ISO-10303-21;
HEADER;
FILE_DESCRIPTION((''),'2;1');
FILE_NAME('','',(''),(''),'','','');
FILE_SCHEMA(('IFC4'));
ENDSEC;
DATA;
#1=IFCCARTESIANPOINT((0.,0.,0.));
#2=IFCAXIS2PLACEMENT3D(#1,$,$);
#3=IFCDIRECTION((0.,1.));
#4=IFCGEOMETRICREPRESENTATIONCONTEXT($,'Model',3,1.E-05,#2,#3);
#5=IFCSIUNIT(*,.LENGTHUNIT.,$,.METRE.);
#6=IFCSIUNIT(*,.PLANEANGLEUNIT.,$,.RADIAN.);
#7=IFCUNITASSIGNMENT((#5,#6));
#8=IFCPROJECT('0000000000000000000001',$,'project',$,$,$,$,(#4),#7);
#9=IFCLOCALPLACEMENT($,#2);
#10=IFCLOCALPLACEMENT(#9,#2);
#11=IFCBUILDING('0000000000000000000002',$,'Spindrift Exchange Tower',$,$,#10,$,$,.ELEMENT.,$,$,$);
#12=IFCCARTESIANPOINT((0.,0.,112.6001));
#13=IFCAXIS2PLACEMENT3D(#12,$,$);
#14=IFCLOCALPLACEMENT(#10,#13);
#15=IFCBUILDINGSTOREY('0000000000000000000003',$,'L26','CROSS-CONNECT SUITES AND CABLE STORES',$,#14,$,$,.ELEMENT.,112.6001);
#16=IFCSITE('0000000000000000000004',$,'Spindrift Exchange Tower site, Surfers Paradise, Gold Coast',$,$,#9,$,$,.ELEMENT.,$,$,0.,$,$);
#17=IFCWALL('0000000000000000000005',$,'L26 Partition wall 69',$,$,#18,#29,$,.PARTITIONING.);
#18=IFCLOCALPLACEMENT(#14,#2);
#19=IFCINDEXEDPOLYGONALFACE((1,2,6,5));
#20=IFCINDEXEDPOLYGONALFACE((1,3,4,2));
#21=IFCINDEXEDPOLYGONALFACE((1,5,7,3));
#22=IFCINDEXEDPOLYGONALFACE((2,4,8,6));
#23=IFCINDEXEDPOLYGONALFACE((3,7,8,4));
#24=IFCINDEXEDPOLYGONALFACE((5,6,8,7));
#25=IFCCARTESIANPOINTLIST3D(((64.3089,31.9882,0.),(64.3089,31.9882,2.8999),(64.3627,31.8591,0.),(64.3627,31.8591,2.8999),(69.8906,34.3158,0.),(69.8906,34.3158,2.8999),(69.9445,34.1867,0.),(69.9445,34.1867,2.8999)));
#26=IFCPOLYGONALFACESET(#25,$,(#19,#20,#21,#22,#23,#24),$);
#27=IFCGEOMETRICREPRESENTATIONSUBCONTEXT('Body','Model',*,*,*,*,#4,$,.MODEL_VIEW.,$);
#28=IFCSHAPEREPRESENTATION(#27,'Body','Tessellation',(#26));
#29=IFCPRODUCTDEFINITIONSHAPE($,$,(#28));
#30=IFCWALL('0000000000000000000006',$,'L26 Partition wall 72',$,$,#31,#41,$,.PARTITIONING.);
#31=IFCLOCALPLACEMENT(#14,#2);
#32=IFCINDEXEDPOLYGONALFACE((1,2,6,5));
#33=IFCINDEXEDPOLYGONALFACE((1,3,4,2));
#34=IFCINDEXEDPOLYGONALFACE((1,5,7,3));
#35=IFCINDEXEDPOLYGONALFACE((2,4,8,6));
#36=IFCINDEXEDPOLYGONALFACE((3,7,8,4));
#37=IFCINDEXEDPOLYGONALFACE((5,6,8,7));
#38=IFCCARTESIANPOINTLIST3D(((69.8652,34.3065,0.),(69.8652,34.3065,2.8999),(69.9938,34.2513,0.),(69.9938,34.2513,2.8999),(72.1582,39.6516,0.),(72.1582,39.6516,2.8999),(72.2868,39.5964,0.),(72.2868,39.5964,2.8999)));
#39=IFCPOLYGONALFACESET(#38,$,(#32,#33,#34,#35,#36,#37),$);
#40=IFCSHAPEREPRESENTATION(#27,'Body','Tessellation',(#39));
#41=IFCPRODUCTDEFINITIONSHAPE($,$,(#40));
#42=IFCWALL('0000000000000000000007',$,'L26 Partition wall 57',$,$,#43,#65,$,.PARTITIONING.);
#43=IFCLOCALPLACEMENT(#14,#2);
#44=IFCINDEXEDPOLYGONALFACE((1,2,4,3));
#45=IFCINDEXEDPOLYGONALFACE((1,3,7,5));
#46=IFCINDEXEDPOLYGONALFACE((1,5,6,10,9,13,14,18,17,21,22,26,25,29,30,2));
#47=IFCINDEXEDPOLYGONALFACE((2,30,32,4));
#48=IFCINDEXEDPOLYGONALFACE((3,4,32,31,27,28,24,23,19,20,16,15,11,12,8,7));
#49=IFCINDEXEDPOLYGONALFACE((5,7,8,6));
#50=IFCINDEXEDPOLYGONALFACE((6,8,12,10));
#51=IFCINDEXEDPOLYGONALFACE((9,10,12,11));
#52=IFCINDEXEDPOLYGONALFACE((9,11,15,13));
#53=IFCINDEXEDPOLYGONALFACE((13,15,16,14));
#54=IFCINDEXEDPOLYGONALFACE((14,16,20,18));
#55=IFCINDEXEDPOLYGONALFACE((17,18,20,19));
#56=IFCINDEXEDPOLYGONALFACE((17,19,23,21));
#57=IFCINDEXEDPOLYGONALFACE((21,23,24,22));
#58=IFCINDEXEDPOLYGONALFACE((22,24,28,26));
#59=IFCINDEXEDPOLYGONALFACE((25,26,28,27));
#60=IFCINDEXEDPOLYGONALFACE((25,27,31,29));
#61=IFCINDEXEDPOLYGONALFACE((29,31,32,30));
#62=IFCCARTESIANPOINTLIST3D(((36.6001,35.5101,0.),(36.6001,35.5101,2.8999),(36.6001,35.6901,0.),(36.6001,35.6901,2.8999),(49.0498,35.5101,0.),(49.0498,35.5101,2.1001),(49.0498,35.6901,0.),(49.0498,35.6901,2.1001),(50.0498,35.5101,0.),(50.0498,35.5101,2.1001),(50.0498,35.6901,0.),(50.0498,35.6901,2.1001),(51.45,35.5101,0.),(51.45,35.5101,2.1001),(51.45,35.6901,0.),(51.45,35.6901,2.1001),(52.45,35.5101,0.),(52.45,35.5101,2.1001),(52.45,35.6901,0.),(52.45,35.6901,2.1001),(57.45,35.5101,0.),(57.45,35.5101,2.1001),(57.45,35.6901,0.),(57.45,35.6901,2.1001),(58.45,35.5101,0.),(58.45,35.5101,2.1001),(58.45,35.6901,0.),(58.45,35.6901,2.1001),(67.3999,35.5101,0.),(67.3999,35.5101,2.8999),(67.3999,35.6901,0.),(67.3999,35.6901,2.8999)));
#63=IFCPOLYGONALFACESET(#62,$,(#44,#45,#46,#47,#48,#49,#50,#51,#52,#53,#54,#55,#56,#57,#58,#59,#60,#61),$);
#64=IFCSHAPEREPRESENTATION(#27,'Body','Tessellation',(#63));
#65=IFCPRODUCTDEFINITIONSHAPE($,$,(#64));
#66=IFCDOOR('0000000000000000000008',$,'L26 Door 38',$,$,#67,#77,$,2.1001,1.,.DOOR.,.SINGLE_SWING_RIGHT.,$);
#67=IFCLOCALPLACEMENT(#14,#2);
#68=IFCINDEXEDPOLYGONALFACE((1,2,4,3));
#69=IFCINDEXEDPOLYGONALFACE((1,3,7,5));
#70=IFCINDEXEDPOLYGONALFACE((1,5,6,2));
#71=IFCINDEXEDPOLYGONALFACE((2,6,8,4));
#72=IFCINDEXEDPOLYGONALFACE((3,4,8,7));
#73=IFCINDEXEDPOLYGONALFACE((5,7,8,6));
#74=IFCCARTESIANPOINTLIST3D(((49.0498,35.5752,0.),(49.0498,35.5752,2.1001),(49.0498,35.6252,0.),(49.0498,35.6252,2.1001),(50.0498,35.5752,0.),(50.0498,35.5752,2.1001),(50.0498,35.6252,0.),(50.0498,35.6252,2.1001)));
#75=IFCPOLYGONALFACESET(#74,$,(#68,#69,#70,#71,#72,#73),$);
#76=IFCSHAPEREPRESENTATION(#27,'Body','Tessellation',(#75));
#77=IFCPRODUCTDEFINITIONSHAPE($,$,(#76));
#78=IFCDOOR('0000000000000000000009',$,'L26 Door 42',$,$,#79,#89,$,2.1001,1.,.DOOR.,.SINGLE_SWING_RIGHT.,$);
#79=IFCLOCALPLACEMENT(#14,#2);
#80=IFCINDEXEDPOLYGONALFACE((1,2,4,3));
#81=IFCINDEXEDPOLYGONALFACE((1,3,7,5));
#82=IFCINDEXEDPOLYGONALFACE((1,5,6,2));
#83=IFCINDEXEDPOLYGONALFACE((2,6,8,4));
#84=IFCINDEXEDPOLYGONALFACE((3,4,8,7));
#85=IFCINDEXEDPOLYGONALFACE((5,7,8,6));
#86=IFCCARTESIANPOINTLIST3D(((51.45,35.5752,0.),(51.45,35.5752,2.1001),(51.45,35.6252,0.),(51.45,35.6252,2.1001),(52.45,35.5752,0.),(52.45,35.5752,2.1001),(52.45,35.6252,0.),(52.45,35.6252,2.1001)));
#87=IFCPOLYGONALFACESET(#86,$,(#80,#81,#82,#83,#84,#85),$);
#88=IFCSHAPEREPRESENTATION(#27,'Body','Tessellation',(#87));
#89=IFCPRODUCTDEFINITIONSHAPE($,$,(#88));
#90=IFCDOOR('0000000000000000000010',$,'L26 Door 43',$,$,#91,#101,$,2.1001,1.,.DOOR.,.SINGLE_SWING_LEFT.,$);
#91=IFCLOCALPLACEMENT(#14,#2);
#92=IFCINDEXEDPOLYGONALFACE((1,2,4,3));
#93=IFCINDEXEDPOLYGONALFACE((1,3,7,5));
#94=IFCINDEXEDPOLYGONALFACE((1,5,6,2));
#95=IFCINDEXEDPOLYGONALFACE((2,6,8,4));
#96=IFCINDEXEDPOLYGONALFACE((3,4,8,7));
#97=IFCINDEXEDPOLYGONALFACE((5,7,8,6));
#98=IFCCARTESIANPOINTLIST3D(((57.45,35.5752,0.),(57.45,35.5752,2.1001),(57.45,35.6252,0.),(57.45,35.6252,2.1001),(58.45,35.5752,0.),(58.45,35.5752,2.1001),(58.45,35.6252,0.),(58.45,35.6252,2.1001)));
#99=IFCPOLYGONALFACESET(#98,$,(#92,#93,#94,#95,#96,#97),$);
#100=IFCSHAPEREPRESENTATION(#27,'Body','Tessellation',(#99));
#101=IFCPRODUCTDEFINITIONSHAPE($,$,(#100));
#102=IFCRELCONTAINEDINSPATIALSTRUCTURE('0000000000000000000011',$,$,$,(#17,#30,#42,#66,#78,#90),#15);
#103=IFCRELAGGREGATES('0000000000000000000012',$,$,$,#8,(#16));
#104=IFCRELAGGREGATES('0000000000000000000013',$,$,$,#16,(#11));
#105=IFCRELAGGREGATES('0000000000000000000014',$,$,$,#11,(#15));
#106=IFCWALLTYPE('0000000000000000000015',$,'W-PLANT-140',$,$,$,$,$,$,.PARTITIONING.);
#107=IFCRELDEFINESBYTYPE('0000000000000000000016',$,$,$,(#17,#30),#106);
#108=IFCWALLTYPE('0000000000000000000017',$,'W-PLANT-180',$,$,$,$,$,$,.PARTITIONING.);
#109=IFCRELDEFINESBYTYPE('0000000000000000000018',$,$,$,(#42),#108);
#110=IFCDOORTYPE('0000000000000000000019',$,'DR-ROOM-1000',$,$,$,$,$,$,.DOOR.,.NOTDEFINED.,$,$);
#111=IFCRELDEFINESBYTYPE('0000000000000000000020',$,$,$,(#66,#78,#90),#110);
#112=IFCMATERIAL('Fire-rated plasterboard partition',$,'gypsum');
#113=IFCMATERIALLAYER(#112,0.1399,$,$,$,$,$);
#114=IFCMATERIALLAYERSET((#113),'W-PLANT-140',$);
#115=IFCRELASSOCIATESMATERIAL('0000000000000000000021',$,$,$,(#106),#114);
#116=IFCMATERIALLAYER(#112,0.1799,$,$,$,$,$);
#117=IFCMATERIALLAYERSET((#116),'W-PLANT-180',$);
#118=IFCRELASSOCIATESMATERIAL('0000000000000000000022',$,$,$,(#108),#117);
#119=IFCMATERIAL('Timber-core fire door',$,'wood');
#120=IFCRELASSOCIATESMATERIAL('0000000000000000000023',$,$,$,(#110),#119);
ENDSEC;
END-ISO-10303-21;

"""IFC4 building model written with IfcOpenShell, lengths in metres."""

from ifc_helpers import new_model, si_unit, direction, frame, frame_2d, origin, place, context, subcontext, project, spatial, rectangle, extrude, source, transform, mapped, material, layer, layer_set, type_object, element, fill, save


model = new_model("IFC4")

# Units and contexts
model_context = context("Model", 3, precision=1e-05, world=origin(), true_north=direction((0.0, 1.0)))
body_context = subcontext(model_context, "Body", "Model", "MODEL_VIEW")
ifc_project = project(units=[si_unit("LENGTHUNIT", "METRE"), si_unit("PLANEANGLEUNIT", "RADIAN")], contexts=[model_context])

# Site, building, storey
site_placement = place(None, origin())
site = spatial("IfcSite", under=ifc_project, at=site_placement, Name="Spindrift Exchange Tower site, Surfers Paradise, Gold Coast", CompositionType="ELEMENT", RefElevation=0.0)
building_placement = place(site_placement, origin())
building = spatial("IfcBuilding", under=site, at=building_placement, Name="Spindrift Exchange Tower", CompositionType="ELEMENT")
storey_placement = place(building_placement, frame((0.0, 0.0, 112.6001)))
storey = spatial("IfcBuildingStorey", under=building, at=storey_placement, Name="L26", Description="CROSS-CONNECT SUITES AND CABLE STORES", CompositionType="ELEMENT", Elevation=112.6001)

# Shared definitions
ifc_material_1 = material(Name="Timber-core fire door", Category="wood")

# Walls
ifc_material_2 = material(Name="Fire-rated plasterboard partition", Category="gypsum")
ifc_layer_1 = layer(ifc_material_2, 0.1399)
ifc_layer_set_1 = layer_set([ifc_layer_1], Name="W-PLANT-140")
wall_type_1 = type_object("IfcWallType", Name="W-PLANT-140", PredefinedType="PARTITIONING", material=ifc_layer_set_1)
wall_1_placement = place(storey_placement, frame((64.3357, 31.9236, 0.0), z_axis=(0.0, 0.0, 1.0), x_axis=(0.922966, 0.384882, 0.0)))
element("IfcWall", 1, at=wall_1_placement, inside=storey, type_object=wall_type_1, Name="L26 Partition wall 69", PredefinedType="PARTITIONING", context=body_context, shape_type="SweptSolid", body=[
    extrude(rectangle(XDim=6.0476, YDim=0.1399, at=frame_2d((3.0239, 0.0))), origin(), (0.0, 0.0, 1.0), 2.8999),
])
wall_2_placement = place(storey_placement, frame((69.9294, 34.2788, 0.0), z_axis=(0.0, 0.0, 1.0), x_axis=(0.394249, 0.919004, 0.0)))
element("IfcWall", 2, at=wall_2_placement, inside=storey, type_object=wall_type_1, Name="L26 Partition wall 72", PredefinedType="PARTITIONING", context=body_context, shape_type="SweptSolid", body=[
    extrude(rectangle(XDim=5.8162, YDim=0.1399, at=frame_2d((2.9082, 0.0))), origin(), (0.0, 0.0, 1.0), 2.8999),
])

# Wall, openings, doors
ifc_layer_2 = layer(ifc_material_2, 0.1799)
ifc_layer_set_2 = layer_set([ifc_layer_2], Name="W-PLANT-180")
wall_type_2 = type_object("IfcWallType", Name="W-PLANT-180", PredefinedType="PARTITIONING", material=ifc_layer_set_2)
wall_3_placement = place(storey_placement, frame((67.3999, 35.6001, 0.0), z_axis=(0.0, 0.0, 1.0), x_axis=(-1.0, 0.0, 0.0)))
wall_3 = element("IfcWall", 3, at=wall_3_placement, inside=storey, type_object=wall_type_2, Name="L26 Partition wall 57", PredefinedType="PARTITIONING", context=body_context, shape_type="SweptSolid", body=[
    extrude(rectangle(XDim=30.7998, YDim=0.1799, at=frame_2d((15.3999, 0.0))), origin(), (0.0, 0.0, 1.0), 2.8999),
])
opening_1_placement = place(wall_3_placement, frame((17.3501, 0.0, 0.0)))
opening_1 = element("IfcOpeningElement", 4, at=opening_1_placement, cuts=wall_3, PredefinedType="OPENING", context=body_context, shape_type="SweptSolid", body=[
    extrude(rectangle(XDim=1.0, YDim=2.1001, at=frame_2d((0.5, 1.05))), frame((0.0, 0.0999, 0.0), z_axis=(0.0, -1.0, 0.0), x_axis=(1.0, 0.0, 0.0)), (0.0, 0.0, 1.0), 0.2),
])
opening_2_placement = place(wall_3_placement, frame((14.95, 0.0, 0.0)))
opening_2 = element("IfcOpeningElement", 5, at=opening_2_placement, cuts=wall_3, PredefinedType="OPENING", context=body_context, shape_type="SweptSolid", body=[
    extrude(rectangle(XDim=1.0, YDim=2.1001, at=frame_2d((0.5, 1.05))), frame((0.0, 0.0999, 0.0), z_axis=(0.0, -1.0, 0.0), x_axis=(1.0, 0.0, 0.0)), (0.0, 0.0, 1.0), 0.2),
])
opening_3_placement = place(wall_3_placement, frame((8.95, 0.0, 0.0)))
opening_3 = element("IfcOpeningElement", 6, at=opening_3_placement, cuts=wall_3, PredefinedType="OPENING", context=body_context, shape_type="SweptSolid", body=[
    extrude(rectangle(XDim=1.0, YDim=2.1001, at=frame_2d((0.5, 1.05))), frame((0.0, 0.0999, 0.0), z_axis=(0.0, -1.0, 0.0), x_axis=(1.0, 0.0, 0.0)), (0.0, 0.0, 1.0), 0.2),
])
door_type_1 = type_object("IfcDoorType", Name="DR-ROOM-1000", OperationType="NOTDEFINED", PredefinedType="DOOR", material=ifc_material_1)
shared_shape_1 = source(origin(), body_context, "Body", "SweptSolid", [
    extrude(rectangle(XDim=1.0, YDim=2.1001, at=frame_2d((0.5, 1.05))), frame((0.0, 0.0249, 0.0), z_axis=(0.0, -1.0, 0.0), x_axis=(1.0, 0.0, 0.0)), (0.0, 0.0, 1.0), 0.05),
])
door_1_placement = place(opening_1_placement, origin())
door_1 = element("IfcDoor", 7, at=door_1_placement, inside=storey, type_object=door_type_1, Name="L26 Door 38", OperationType="SINGLE_SWING_RIGHT", OverallHeight=2.1001, OverallWidth=1.0, PredefinedType="DOOR", context=body_context, shape_type="MappedRepresentation", body=[
    mapped(shared_shape_1, transform((0.0, 0.0, 0.0), scale=1.0)),
])
fill(opening_1, door_1)
door_2_placement = place(opening_2_placement, origin())
door_2 = element("IfcDoor", 8, at=door_2_placement, inside=storey, type_object=door_type_1, Name="L26 Door 42", OperationType="SINGLE_SWING_RIGHT", OverallHeight=2.1001, OverallWidth=1.0, PredefinedType="DOOR", context=body_context, shape_type="MappedRepresentation", body=[
    mapped(shared_shape_1, transform((0.0, 0.0, 0.0), scale=1.0)),
])
fill(opening_2, door_2)
door_3_placement = place(opening_3_placement, origin())
door_3 = element("IfcDoor", 9, at=door_3_placement, inside=storey, type_object=door_type_1, Name="L26 Door 43", OperationType="SINGLE_SWING_LEFT", OverallHeight=2.1001, OverallWidth=1.0, PredefinedType="DOOR", context=body_context, shape_type="MappedRepresentation", body=[
    mapped(shared_shape_1, transform((0.0, 0.0, 0.0), scale=1.0)),
])
fill(opening_3, door_3)

save(model, "model.ifc")
